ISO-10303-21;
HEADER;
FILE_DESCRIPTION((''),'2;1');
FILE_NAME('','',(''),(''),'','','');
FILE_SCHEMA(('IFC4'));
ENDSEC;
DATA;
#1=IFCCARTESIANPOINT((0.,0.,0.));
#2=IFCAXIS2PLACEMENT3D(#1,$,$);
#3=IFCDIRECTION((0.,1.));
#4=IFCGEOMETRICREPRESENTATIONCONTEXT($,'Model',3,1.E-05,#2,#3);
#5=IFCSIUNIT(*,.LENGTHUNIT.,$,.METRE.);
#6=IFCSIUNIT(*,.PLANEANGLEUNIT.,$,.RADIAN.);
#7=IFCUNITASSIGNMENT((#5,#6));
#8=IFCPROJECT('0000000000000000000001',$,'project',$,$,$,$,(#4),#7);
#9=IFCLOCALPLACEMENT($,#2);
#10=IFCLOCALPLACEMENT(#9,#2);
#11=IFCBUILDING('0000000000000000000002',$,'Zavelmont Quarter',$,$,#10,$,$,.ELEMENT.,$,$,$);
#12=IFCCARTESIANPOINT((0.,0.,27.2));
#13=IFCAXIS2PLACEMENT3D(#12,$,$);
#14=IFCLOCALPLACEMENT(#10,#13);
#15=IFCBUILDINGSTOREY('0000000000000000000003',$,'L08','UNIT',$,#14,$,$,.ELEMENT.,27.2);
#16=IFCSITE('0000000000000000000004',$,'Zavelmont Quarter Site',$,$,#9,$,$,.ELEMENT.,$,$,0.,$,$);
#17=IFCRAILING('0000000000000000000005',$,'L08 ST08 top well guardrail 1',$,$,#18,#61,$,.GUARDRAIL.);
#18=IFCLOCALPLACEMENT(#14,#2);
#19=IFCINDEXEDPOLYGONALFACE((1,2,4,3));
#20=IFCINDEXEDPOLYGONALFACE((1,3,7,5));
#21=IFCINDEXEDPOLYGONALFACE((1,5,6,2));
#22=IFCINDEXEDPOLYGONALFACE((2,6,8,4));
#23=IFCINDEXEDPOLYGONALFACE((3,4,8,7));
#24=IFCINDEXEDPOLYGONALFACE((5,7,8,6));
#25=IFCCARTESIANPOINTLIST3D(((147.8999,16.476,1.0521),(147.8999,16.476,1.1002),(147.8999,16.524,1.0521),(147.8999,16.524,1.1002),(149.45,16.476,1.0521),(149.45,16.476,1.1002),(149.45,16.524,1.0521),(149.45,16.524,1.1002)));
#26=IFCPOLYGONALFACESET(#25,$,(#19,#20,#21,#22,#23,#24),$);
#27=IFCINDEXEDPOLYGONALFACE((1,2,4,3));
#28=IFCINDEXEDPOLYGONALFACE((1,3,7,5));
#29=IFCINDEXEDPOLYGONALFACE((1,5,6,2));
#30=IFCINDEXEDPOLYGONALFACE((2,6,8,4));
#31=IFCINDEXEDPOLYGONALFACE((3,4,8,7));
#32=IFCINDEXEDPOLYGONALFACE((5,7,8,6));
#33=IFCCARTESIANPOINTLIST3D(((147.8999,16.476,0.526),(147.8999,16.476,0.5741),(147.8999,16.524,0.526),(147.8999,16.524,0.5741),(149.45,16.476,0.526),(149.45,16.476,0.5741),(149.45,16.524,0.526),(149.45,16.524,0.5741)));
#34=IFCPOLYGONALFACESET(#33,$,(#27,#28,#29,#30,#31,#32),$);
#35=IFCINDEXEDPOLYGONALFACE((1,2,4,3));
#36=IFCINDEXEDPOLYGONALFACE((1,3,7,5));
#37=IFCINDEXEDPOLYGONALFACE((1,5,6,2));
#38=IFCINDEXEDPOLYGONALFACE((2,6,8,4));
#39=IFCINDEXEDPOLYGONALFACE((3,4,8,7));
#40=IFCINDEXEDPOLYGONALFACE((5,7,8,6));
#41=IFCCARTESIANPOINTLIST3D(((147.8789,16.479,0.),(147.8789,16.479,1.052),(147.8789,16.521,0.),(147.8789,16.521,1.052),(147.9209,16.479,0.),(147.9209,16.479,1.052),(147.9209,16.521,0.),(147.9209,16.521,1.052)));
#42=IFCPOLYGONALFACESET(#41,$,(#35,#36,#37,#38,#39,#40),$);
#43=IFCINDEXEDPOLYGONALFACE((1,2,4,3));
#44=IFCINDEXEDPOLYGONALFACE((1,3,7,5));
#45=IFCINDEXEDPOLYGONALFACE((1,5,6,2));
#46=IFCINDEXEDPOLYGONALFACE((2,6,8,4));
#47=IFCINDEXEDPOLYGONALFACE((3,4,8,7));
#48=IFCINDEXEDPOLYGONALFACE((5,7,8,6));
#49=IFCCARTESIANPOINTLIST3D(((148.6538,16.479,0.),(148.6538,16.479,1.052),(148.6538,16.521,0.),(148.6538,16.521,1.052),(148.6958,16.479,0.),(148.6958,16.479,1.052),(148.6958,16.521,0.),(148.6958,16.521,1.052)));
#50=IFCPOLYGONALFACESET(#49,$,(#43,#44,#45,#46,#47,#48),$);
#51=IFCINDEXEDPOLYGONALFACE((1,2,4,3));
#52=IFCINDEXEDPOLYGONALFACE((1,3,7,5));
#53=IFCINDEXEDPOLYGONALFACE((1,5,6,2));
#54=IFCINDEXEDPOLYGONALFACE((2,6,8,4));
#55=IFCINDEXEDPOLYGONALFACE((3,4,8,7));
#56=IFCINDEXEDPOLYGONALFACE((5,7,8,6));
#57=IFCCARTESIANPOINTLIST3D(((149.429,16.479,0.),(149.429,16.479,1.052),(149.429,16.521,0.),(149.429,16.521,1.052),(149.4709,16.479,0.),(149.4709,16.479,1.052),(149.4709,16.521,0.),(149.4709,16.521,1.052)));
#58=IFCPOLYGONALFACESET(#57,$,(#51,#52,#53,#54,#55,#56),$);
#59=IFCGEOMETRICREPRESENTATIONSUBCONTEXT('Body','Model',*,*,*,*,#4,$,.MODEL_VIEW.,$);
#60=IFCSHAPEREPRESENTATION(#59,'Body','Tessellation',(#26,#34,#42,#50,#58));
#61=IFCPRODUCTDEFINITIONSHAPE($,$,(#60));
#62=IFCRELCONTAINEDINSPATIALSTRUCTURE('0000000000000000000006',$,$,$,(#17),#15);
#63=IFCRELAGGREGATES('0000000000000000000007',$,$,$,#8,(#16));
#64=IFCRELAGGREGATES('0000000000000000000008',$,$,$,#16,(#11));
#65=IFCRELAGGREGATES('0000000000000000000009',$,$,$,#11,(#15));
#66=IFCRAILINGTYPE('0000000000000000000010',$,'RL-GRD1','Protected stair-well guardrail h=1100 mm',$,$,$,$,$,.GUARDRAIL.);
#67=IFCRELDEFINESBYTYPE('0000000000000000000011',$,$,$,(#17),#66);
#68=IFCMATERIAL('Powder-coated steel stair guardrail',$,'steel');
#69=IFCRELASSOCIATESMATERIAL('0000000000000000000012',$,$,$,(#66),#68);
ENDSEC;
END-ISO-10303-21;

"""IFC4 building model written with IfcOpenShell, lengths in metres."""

from ifc_helpers import new_model, si_unit, direction, frame, origin, origin_2d, place, context, subcontext, project, spatial, rectangle, extrude, material, type_object, element, save


model = new_model("IFC4")

# Units and contexts
model_context = context("Model", 3, precision=1e-05, world=origin(), true_north=direction((0.0, 1.0)))
body_context = subcontext(model_context, "Body", "Model", "MODEL_VIEW")
ifc_project = project(units=[si_unit("LENGTHUNIT", "METRE"), si_unit("PLANEANGLEUNIT", "RADIAN")], contexts=[model_context])

# Site, building, storey
site_placement = place(None, origin())
site = spatial("IfcSite", under=ifc_project, at=site_placement, Name="Zavelmont Quarter Site", CompositionType="ELEMENT", RefElevation=0.0)
building_placement = place(site_placement, origin())
building = spatial("IfcBuilding", under=site, at=building_placement, Name="Zavelmont Quarter", CompositionType="ELEMENT")
storey_placement = place(building_placement, frame((0.0, 0.0, 27.2)))
storey = spatial("IfcBuildingStorey", under=building, at=storey_placement, Name="L08", Description="UNIT", CompositionType="ELEMENT", Elevation=27.2)

# Railing
ifc_material_1 = material(Name="Powder-coated steel stair guardrail", Category="steel")
railing_type_1 = type_object("IfcRailingType", Name="RL-GRD1", Description="Protected stair-well guardrail h=1100 mm", PredefinedType="GUARDRAIL", material=ifc_material_1)
railing_1_placement = place(storey_placement, frame((147.8999, 16.5, 0.0)))
element("IfcRailing", 1, at=railing_1_placement, inside=storey, type_object=railing_type_1, Name="L08 ST08 top well guardrail 1", PredefinedType="GUARDRAIL", context=body_context, shape_type="SweptSolid", body=[
    extrude(rectangle(XDim=0.0481, YDim=0.0481, at=origin_2d()), frame((0.0, 0.0, 1.0762), z_axis=(1.0, 0.0, 0.0), x_axis=(0.0, 1.0, 0.0)), (0.0, 0.0, 1.0), 1.55),
    extrude(rectangle(XDim=0.0481, YDim=0.0481, at=origin_2d()), frame((0.0, 0.0, 0.55), z_axis=(1.0, 0.0, 0.0), x_axis=(0.0, 1.0, 0.0)), (0.0, 0.0, 1.0), 1.55),
    extrude(rectangle(XDim=0.042, YDim=0.042, at=origin_2d()), origin(), (0.0, 0.0, 1.0), 1.052),
    extrude(rectangle(XDim=0.042, YDim=0.042, at=origin_2d()), frame((0.7749, 0.0, 0.0)), (0.0, 0.0, 1.0), 1.052),
    extrude(rectangle(XDim=0.042, YDim=0.042, at=origin_2d()), frame((1.55, 0.0, 0.0)), (0.0, 0.0, 1.0), 1.052),
])

save(model, "model.ifc")
